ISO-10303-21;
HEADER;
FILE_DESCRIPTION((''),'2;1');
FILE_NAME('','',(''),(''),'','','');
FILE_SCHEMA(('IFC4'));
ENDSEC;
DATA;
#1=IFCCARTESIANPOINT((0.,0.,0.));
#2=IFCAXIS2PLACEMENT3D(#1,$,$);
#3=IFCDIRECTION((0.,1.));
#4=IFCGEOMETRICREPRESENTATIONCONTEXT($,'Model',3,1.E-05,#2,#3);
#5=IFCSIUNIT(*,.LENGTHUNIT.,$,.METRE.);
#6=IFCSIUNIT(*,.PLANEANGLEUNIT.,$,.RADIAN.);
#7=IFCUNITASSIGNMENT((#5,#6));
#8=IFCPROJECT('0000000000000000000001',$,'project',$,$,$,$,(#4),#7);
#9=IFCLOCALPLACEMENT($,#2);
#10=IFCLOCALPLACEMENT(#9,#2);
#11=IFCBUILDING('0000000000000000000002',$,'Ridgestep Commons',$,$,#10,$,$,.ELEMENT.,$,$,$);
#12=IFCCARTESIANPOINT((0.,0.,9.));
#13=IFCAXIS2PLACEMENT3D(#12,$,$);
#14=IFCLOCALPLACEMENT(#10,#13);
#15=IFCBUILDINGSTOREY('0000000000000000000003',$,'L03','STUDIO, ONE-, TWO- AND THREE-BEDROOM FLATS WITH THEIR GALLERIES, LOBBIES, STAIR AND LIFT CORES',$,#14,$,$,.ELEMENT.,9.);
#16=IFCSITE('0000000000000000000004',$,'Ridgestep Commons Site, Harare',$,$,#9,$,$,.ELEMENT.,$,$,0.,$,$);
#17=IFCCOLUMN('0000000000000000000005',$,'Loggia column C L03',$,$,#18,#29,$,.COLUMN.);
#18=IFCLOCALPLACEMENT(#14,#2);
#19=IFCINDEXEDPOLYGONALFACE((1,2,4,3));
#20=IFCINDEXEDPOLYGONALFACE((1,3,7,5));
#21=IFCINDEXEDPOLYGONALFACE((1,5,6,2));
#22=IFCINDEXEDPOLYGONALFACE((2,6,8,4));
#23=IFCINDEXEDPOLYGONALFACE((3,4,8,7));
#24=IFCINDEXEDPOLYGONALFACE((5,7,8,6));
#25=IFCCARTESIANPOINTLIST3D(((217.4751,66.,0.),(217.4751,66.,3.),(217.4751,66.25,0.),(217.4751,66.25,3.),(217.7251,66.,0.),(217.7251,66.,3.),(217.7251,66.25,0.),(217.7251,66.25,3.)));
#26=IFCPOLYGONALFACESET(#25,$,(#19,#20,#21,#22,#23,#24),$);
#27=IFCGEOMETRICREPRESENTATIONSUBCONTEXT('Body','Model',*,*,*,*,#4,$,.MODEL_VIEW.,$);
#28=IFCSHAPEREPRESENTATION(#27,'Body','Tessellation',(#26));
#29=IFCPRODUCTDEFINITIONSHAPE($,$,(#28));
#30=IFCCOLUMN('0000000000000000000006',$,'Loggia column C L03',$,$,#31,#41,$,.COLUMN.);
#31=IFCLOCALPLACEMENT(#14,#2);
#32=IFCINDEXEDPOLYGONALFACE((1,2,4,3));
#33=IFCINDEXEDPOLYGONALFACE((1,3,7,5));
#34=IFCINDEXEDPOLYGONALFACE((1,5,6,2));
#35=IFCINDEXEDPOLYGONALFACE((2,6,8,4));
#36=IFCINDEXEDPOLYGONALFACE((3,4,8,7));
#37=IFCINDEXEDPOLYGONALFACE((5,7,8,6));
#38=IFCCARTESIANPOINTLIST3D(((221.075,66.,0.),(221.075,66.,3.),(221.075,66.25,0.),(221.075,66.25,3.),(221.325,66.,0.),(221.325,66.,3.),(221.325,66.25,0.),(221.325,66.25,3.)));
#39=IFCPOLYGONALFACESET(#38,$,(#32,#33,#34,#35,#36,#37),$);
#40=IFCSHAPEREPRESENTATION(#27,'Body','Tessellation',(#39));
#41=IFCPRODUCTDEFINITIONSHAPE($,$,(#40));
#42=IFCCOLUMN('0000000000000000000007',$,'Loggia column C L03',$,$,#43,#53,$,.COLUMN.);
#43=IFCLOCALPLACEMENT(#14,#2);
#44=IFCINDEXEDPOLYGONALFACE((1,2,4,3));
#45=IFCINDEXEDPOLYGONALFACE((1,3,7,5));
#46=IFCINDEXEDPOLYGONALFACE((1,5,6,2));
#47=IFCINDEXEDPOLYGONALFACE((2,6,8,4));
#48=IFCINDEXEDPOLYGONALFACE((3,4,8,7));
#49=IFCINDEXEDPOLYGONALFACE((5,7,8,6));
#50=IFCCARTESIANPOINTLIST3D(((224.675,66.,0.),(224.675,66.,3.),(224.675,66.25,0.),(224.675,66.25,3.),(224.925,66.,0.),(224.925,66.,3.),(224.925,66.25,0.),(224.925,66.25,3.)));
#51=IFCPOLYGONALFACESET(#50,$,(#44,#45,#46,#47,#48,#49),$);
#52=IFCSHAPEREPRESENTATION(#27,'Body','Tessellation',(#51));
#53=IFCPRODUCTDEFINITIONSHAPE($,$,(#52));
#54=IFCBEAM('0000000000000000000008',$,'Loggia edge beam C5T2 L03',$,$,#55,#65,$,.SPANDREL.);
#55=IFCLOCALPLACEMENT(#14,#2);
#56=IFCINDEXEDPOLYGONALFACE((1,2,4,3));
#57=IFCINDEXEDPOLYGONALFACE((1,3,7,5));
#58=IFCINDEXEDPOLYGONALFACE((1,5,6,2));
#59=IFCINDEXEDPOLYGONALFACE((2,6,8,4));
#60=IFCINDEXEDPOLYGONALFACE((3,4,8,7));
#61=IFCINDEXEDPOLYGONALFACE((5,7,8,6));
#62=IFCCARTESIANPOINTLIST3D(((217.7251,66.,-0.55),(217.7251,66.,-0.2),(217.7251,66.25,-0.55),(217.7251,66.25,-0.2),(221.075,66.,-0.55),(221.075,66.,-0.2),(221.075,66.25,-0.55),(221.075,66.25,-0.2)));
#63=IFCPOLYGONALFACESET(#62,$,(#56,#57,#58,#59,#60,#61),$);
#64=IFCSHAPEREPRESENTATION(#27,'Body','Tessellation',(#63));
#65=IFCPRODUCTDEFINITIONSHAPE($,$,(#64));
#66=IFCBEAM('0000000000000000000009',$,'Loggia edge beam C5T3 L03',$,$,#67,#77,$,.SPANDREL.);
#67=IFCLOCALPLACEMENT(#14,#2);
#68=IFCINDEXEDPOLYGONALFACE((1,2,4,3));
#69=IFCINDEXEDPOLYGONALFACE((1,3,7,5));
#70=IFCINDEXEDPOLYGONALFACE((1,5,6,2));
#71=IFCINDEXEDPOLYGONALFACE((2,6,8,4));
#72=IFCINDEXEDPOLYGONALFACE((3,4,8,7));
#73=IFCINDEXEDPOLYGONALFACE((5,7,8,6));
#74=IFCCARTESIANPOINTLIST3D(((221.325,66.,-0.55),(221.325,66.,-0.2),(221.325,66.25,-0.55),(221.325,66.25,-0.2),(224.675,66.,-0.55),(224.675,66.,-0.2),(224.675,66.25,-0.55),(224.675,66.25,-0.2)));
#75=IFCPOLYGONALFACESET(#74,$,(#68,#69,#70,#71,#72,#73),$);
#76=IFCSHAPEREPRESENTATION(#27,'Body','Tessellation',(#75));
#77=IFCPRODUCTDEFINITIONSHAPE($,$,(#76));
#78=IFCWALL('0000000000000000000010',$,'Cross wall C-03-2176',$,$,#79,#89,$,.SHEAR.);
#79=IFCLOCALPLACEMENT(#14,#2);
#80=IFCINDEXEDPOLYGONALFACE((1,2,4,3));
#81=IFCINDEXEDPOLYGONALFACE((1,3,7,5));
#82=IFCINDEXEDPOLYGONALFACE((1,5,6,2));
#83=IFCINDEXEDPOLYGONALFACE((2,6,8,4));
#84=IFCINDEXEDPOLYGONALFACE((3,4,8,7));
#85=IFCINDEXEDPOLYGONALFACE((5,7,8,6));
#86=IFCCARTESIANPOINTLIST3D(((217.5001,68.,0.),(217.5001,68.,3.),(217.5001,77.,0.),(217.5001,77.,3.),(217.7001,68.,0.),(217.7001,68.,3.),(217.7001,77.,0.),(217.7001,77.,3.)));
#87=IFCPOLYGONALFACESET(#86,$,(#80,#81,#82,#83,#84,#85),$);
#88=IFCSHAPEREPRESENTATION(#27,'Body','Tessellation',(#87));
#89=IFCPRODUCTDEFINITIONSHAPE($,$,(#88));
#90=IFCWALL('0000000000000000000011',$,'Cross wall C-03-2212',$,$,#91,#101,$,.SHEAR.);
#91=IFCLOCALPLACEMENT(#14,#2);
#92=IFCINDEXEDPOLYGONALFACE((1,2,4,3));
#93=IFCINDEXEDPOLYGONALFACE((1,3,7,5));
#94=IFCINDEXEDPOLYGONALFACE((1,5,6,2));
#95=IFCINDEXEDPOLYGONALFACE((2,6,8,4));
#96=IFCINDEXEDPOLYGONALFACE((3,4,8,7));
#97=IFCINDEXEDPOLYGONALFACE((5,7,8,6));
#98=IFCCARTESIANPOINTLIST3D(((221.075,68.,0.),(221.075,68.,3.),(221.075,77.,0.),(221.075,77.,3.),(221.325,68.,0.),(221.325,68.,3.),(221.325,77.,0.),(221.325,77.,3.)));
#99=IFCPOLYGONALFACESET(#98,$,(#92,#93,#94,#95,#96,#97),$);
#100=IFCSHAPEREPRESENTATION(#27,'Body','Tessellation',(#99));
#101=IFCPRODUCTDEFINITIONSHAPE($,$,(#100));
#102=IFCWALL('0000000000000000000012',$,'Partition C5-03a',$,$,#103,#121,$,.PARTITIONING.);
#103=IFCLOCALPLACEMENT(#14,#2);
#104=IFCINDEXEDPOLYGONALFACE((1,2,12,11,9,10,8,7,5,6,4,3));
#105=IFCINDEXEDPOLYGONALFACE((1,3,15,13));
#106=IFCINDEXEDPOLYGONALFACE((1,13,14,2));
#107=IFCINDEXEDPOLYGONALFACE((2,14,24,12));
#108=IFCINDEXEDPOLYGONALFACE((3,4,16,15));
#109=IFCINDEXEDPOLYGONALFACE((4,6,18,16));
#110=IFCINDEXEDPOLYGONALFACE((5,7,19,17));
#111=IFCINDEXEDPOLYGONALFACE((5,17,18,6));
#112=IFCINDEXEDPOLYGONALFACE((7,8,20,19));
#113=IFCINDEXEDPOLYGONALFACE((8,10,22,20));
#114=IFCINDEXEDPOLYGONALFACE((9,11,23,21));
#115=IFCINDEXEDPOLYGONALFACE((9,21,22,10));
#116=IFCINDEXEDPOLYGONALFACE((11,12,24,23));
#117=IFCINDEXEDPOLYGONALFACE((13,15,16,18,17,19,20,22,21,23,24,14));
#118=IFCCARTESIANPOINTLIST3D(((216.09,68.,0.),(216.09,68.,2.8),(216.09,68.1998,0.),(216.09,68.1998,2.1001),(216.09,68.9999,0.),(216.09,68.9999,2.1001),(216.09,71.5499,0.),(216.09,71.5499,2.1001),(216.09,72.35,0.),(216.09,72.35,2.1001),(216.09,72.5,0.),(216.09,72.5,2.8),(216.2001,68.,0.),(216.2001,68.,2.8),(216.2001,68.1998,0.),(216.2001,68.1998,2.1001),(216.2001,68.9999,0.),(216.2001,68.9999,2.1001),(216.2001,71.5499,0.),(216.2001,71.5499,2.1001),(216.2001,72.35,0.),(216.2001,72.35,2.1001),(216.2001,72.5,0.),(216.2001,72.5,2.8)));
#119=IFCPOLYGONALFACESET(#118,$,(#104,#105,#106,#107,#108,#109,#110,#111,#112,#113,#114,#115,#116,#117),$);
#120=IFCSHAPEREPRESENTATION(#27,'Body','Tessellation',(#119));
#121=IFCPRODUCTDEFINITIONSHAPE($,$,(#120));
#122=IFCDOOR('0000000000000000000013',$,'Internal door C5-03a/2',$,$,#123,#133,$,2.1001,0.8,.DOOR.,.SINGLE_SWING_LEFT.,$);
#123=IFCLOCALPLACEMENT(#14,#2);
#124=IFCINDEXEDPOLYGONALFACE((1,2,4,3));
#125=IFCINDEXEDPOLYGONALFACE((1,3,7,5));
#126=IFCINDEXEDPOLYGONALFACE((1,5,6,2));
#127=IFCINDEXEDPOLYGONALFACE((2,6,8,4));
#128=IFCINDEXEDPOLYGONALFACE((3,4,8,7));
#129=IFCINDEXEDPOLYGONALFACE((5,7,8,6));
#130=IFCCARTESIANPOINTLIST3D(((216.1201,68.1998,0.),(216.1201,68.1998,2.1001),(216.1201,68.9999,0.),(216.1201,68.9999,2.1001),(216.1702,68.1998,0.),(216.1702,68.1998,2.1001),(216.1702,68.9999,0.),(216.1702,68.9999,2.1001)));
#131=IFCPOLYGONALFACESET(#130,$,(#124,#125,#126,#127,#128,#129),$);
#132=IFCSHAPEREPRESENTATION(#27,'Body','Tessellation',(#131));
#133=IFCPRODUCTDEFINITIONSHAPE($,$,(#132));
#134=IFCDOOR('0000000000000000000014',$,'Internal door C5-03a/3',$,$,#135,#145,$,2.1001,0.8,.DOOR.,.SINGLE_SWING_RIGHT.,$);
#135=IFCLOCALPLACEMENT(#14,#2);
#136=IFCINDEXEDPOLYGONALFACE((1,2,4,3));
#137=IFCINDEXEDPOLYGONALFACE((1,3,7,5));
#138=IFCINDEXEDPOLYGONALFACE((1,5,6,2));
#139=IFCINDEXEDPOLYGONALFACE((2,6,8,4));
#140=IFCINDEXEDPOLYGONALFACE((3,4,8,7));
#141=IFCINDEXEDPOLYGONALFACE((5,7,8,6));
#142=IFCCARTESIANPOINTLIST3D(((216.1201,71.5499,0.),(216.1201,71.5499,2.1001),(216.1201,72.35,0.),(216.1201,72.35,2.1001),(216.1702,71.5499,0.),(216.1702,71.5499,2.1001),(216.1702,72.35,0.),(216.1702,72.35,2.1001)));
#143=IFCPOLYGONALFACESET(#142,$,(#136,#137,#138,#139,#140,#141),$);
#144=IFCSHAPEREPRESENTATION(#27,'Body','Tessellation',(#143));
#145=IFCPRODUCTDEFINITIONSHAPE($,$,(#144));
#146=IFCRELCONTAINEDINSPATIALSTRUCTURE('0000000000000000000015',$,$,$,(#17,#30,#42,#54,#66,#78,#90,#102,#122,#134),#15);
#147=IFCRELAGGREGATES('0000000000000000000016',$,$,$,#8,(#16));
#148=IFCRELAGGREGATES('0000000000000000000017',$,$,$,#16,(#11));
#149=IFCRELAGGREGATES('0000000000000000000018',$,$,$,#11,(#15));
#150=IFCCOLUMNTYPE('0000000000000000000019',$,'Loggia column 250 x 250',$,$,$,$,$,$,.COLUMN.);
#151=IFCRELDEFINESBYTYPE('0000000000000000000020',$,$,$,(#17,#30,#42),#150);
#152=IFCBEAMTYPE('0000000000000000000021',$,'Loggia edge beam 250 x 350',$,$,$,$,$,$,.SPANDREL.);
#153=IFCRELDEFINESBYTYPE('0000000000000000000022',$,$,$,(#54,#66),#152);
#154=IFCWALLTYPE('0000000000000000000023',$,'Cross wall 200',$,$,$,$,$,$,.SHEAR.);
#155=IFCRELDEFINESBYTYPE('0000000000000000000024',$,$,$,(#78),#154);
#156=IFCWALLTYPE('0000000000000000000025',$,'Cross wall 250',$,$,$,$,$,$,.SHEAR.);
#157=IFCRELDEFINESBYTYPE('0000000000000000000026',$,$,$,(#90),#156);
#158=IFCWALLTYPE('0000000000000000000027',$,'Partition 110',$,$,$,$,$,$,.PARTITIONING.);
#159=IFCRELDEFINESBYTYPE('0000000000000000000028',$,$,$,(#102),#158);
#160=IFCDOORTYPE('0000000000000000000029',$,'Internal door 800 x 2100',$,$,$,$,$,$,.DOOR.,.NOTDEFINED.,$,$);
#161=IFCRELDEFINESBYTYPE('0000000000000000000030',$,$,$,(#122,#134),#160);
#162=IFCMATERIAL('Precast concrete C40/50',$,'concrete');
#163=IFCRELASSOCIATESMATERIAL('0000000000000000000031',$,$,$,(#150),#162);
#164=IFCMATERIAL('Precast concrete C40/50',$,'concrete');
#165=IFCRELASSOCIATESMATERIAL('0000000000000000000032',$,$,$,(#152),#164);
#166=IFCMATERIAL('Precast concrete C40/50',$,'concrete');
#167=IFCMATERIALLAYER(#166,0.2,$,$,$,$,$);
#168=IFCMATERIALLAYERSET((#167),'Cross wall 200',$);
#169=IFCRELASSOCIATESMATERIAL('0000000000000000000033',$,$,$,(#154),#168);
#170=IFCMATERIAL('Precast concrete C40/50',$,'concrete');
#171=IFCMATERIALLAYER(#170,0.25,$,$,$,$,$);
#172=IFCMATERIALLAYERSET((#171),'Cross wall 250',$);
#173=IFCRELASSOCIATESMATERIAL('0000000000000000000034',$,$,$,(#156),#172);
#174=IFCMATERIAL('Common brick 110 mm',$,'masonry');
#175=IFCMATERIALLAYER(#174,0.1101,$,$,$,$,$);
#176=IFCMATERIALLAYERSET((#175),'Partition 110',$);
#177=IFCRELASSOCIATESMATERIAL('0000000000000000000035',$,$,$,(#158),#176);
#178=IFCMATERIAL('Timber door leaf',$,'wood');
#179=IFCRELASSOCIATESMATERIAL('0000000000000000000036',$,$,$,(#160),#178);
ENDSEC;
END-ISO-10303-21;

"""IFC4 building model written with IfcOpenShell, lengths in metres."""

from ifc_helpers import new_model, si_unit, direction, frame, frame_2d, origin, origin_2d, place, context, subcontext, project, spatial, rectangle, extrude, material, layer, layer_set, material_profile, profile_set, type_object, element, fill, save


model = new_model("IFC4")

# Units and contexts
model_context = context("Model", 3, precision=1e-05, world=origin(), true_north=direction((0.0, 1.0)))
body_context = subcontext(model_context, "Body", "Model", "MODEL_VIEW")
ifc_project = project(units=[si_unit("LENGTHUNIT", "METRE"), si_unit("PLANEANGLEUNIT", "RADIAN")], contexts=[model_context])

# Site, building, storey
site_placement = place(None, origin())
site = spatial("IfcSite", under=ifc_project, at=site_placement, Name="Ridgestep Commons Site, Harare", CompositionType="ELEMENT", RefElevation=0.0)
building_placement = place(site_placement, origin())
building = spatial("IfcBuilding", under=site, at=building_placement, Name="Ridgestep Commons", CompositionType="ELEMENT")
storey_placement = place(building_placement, frame((0.0, 0.0, 9.0)))
storey = spatial("IfcBuildingStorey", under=building, at=storey_placement, Name="L03", Description="STUDIO, ONE-, TWO- AND THREE-BEDROOM FLATS WITH THEIR GALLERIES, LOBBIES, STAIR AND LIFT CORES", CompositionType="ELEMENT", Elevation=9.0)

# Columns
ifc_material_1 = material(Name="Precast concrete C40/50", Category="concrete")
ifc_material_profile_1 = material_profile(ifc_material_1, rectangle(XDim=0.25, YDim=0.25, at=origin_2d()), Name="PC 250x250")
ifc_profile_set_1 = profile_set([ifc_material_profile_1], Name="Precast concrete C40/50")
column_type = type_object("IfcColumnType", Name="Loggia column 250 x 250", PredefinedType="COLUMN", material=ifc_profile_set_1)
for number, where, z_axis, x_axis, name in (
    (1, (217.6001, 66.125, 0.0), (0.0, 0.0, 1.0), (1.0, 0.0, 0.0), "Loggia column C L03"),
    (2, (221.2, 66.125, 0.0), (0.0, 0.0, 1.0), (1.0, 0.0, 0.0), "Loggia column C L03"),
    (3, (224.8, 66.125, 0.0), (0.0, 0.0, 1.0), (1.0, 0.0, 0.0), "Loggia column C L03"),
):
    element("IfcColumn", number, at=place(storey_placement, frame(where, z_axis=z_axis, x_axis=x_axis)), inside=storey, type_object=column_type, Name=name, PredefinedType="COLUMN", context=body_context, shape_type="SweptSolid", body=[
        extrude(rectangle(XDim=0.25, YDim=0.25, at=origin_2d()), origin(), (0.0, 0.0, 1.0), 3.0),
    ])

# Beams
ifc_material_2 = material(Name="Precast concrete C40/50", Category="concrete")
ifc_material_profile_2 = material_profile(ifc_material_2, rectangle(XDim=0.25, YDim=0.3501, at=origin_2d()), Name="PC 250x350")
ifc_profile_set_2 = profile_set([ifc_material_profile_2], Name="Precast concrete C40/50")
beam_type = type_object("IfcBeamType", Name="Loggia edge beam 250 x 350", PredefinedType="SPANDREL", material=ifc_profile_set_2)
beam_1_placement = place(storey_placement, frame((217.7251, 66.125, -0.375), z_axis=(1.0, 0.0, 0.0), x_axis=(0.0, 1.0, 0.0)))
element("IfcBeam", 4, at=beam_1_placement, inside=storey, type_object=beam_type, Name="Loggia edge beam C5T2 L03", PredefinedType="SPANDREL", context=body_context, shape_type="SweptSolid", body=[
    extrude(rectangle(XDim=0.25, YDim=0.3501, at=origin_2d()), origin(), (0.0, 0.0, 1.0), 3.3499),
])
beam_2_placement = place(storey_placement, frame((221.325, 66.125, -0.375), z_axis=(1.0, 0.0, 0.0), x_axis=(0.0, 1.0, 0.0)))
element("IfcBeam", 5, at=beam_2_placement, inside=storey, type_object=beam_type, Name="Loggia edge beam C5T3 L03", PredefinedType="SPANDREL", context=body_context, shape_type="SweptSolid", body=[
    extrude(rectangle(XDim=0.25, YDim=0.3501, at=origin_2d()), origin(), (0.0, 0.0, 1.0), 3.3501),
])

# Walls
ifc_material_3 = material(Name="Precast concrete C40/50", Category="concrete")
ifc_layer_1 = layer(ifc_material_3, 0.2)
ifc_layer_set_1 = layer_set([ifc_layer_1], Name="Cross wall 200")
wall_type_1 = type_object("IfcWallType", Name="Cross wall 200", PredefinedType="SHEAR", material=ifc_layer_set_1)
wall_1_placement = place(storey_placement, frame((217.6001, 68.0, 0.0), z_axis=(0.0, 0.0, 1.0), x_axis=(0.0, 1.0, 0.0)))
element("IfcWall", 6, at=wall_1_placement, inside=storey, type_object=wall_type_1, Name="Cross wall C-03-2176", PredefinedType="SHEAR", context=body_context, shape_type="SweptSolid", body=[
    extrude(rectangle(XDim=9.0, YDim=0.2, at=frame_2d((4.5, 0.0))), origin(), (0.0, 0.0, 1.0), 3.0),
])
ifc_material_4 = material(Name="Precast concrete C40/50", Category="concrete")
ifc_layer_2 = layer(ifc_material_4, 0.25)
ifc_layer_set_2 = layer_set([ifc_layer_2], Name="Cross wall 250")
wall_type_2 = type_object("IfcWallType", Name="Cross wall 250", PredefinedType="SHEAR", material=ifc_layer_set_2)
wall_2_placement = place(storey_placement, frame((221.2, 68.0, 0.0), z_axis=(0.0, 0.0, 1.0), x_axis=(0.0, 1.0, 0.0)))
element("IfcWall", 7, at=wall_2_placement, inside=storey, type_object=wall_type_2, Name="Cross wall C-03-2212", PredefinedType="SHEAR", context=body_context, shape_type="SweptSolid", body=[
    extrude(rectangle(XDim=9.0, YDim=0.25, at=frame_2d((4.5, 0.0))), origin(), (0.0, 0.0, 1.0), 3.0),
])

# Wall, openings, doors
ifc_material_5 = material(Name="Common brick 110 mm", Category="masonry")
ifc_layer_3 = layer(ifc_material_5, 0.1101)
ifc_layer_set_3 = layer_set([ifc_layer_3], Name="Partition 110")
wall_type_3 = type_object("IfcWallType", Name="Partition 110", PredefinedType="PARTITIONING", material=ifc_layer_set_3)
wall_3_placement = place(storey_placement, frame((216.145, 68.0, 0.0), z_axis=(0.0, 0.0, 1.0), x_axis=(0.0, 1.0, 0.0)))
wall_3 = element("IfcWall", 8, at=wall_3_placement, inside=storey, type_object=wall_type_3, Name="Partition C5-03a", PredefinedType="PARTITIONING", context=body_context, shape_type="SweptSolid", body=[
    extrude(rectangle(XDim=4.5, YDim=0.1101, at=frame_2d((2.25, 0.0))), origin(), (0.0, 0.0, 1.0), 2.8),
])
opening_1_placement = place(wall_3_placement, frame((0.2, 0.0, 0.0)))
opening_1 = element("IfcOpeningElement", 9, at=opening_1_placement, cuts=wall_3, PredefinedType="OPENING", context=body_context, shape_type="SweptSolid", body=[
    extrude(rectangle(XDim=0.8, YDim=2.1001, at=frame_2d((0.3999, 1.05))), frame((0.0, 0.0649, 0.0), z_axis=(0.0, -1.0, 0.0), x_axis=(1.0, 0.0, 0.0)), (0.0, 0.0, 1.0), 0.1301),
])
opening_2_placement = place(wall_3_placement, frame((3.55, 0.0, 0.0)))
opening_2 = element("IfcOpeningElement", 10, at=opening_2_placement, cuts=wall_3, PredefinedType="OPENING", context=body_context, shape_type="SweptSolid", body=[
    extrude(rectangle(XDim=0.8, YDim=2.1001, at=frame_2d((0.3999, 1.05))), frame((0.0, 0.0649, 0.0), z_axis=(0.0, -1.0, 0.0), x_axis=(1.0, 0.0, 0.0)), (0.0, 0.0, 1.0), 0.1301),
])
ifc_material_6 = material(Name="Timber door leaf", Category="wood")
door_type_1 = type_object("IfcDoorType", Name="Internal door 800 x 2100", OperationType="NOTDEFINED", PredefinedType="DOOR", material=ifc_material_6)
door_1_placement = place(opening_1_placement, origin())
door_1 = element("IfcDoor", 11, at=door_1_placement, inside=storey, type_object=door_type_1, Name="Internal door C5-03a/2", OperationType="SINGLE_SWING_LEFT", OverallHeight=2.1001, OverallWidth=0.8, PredefinedType="DOOR", context=body_context, shape_type="SweptSolid", body=[
    extrude(rectangle(XDim=0.8, YDim=2.1001, at=frame_2d((0.3999, 1.05))), frame((0.0, 0.0249, 0.0), z_axis=(0.0, -1.0, 0.0), x_axis=(1.0, 0.0, 0.0)), (0.0, 0.0, 1.0), 0.05),
])
fill(opening_1, door_1)
door_2_placement = place(opening_2_placement, origin())
door_2 = element("IfcDoor", 12, at=door_2_placement, inside=storey, type_object=door_type_1, Name="Internal door C5-03a/3", OperationType="SINGLE_SWING_RIGHT", OverallHeight=2.1001, OverallWidth=0.8, PredefinedType="DOOR", context=body_context, shape_type="SweptSolid", body=[
    extrude(rectangle(XDim=0.8, YDim=2.1001, at=frame_2d((0.3999, 1.05))), frame((0.0, 0.0249, 0.0), z_axis=(0.0, -1.0, 0.0), x_axis=(1.0, 0.0, 0.0)), (0.0, 0.0, 1.0), 0.05),
])
fill(opening_2, door_2)

save(model, "model.ifc")
